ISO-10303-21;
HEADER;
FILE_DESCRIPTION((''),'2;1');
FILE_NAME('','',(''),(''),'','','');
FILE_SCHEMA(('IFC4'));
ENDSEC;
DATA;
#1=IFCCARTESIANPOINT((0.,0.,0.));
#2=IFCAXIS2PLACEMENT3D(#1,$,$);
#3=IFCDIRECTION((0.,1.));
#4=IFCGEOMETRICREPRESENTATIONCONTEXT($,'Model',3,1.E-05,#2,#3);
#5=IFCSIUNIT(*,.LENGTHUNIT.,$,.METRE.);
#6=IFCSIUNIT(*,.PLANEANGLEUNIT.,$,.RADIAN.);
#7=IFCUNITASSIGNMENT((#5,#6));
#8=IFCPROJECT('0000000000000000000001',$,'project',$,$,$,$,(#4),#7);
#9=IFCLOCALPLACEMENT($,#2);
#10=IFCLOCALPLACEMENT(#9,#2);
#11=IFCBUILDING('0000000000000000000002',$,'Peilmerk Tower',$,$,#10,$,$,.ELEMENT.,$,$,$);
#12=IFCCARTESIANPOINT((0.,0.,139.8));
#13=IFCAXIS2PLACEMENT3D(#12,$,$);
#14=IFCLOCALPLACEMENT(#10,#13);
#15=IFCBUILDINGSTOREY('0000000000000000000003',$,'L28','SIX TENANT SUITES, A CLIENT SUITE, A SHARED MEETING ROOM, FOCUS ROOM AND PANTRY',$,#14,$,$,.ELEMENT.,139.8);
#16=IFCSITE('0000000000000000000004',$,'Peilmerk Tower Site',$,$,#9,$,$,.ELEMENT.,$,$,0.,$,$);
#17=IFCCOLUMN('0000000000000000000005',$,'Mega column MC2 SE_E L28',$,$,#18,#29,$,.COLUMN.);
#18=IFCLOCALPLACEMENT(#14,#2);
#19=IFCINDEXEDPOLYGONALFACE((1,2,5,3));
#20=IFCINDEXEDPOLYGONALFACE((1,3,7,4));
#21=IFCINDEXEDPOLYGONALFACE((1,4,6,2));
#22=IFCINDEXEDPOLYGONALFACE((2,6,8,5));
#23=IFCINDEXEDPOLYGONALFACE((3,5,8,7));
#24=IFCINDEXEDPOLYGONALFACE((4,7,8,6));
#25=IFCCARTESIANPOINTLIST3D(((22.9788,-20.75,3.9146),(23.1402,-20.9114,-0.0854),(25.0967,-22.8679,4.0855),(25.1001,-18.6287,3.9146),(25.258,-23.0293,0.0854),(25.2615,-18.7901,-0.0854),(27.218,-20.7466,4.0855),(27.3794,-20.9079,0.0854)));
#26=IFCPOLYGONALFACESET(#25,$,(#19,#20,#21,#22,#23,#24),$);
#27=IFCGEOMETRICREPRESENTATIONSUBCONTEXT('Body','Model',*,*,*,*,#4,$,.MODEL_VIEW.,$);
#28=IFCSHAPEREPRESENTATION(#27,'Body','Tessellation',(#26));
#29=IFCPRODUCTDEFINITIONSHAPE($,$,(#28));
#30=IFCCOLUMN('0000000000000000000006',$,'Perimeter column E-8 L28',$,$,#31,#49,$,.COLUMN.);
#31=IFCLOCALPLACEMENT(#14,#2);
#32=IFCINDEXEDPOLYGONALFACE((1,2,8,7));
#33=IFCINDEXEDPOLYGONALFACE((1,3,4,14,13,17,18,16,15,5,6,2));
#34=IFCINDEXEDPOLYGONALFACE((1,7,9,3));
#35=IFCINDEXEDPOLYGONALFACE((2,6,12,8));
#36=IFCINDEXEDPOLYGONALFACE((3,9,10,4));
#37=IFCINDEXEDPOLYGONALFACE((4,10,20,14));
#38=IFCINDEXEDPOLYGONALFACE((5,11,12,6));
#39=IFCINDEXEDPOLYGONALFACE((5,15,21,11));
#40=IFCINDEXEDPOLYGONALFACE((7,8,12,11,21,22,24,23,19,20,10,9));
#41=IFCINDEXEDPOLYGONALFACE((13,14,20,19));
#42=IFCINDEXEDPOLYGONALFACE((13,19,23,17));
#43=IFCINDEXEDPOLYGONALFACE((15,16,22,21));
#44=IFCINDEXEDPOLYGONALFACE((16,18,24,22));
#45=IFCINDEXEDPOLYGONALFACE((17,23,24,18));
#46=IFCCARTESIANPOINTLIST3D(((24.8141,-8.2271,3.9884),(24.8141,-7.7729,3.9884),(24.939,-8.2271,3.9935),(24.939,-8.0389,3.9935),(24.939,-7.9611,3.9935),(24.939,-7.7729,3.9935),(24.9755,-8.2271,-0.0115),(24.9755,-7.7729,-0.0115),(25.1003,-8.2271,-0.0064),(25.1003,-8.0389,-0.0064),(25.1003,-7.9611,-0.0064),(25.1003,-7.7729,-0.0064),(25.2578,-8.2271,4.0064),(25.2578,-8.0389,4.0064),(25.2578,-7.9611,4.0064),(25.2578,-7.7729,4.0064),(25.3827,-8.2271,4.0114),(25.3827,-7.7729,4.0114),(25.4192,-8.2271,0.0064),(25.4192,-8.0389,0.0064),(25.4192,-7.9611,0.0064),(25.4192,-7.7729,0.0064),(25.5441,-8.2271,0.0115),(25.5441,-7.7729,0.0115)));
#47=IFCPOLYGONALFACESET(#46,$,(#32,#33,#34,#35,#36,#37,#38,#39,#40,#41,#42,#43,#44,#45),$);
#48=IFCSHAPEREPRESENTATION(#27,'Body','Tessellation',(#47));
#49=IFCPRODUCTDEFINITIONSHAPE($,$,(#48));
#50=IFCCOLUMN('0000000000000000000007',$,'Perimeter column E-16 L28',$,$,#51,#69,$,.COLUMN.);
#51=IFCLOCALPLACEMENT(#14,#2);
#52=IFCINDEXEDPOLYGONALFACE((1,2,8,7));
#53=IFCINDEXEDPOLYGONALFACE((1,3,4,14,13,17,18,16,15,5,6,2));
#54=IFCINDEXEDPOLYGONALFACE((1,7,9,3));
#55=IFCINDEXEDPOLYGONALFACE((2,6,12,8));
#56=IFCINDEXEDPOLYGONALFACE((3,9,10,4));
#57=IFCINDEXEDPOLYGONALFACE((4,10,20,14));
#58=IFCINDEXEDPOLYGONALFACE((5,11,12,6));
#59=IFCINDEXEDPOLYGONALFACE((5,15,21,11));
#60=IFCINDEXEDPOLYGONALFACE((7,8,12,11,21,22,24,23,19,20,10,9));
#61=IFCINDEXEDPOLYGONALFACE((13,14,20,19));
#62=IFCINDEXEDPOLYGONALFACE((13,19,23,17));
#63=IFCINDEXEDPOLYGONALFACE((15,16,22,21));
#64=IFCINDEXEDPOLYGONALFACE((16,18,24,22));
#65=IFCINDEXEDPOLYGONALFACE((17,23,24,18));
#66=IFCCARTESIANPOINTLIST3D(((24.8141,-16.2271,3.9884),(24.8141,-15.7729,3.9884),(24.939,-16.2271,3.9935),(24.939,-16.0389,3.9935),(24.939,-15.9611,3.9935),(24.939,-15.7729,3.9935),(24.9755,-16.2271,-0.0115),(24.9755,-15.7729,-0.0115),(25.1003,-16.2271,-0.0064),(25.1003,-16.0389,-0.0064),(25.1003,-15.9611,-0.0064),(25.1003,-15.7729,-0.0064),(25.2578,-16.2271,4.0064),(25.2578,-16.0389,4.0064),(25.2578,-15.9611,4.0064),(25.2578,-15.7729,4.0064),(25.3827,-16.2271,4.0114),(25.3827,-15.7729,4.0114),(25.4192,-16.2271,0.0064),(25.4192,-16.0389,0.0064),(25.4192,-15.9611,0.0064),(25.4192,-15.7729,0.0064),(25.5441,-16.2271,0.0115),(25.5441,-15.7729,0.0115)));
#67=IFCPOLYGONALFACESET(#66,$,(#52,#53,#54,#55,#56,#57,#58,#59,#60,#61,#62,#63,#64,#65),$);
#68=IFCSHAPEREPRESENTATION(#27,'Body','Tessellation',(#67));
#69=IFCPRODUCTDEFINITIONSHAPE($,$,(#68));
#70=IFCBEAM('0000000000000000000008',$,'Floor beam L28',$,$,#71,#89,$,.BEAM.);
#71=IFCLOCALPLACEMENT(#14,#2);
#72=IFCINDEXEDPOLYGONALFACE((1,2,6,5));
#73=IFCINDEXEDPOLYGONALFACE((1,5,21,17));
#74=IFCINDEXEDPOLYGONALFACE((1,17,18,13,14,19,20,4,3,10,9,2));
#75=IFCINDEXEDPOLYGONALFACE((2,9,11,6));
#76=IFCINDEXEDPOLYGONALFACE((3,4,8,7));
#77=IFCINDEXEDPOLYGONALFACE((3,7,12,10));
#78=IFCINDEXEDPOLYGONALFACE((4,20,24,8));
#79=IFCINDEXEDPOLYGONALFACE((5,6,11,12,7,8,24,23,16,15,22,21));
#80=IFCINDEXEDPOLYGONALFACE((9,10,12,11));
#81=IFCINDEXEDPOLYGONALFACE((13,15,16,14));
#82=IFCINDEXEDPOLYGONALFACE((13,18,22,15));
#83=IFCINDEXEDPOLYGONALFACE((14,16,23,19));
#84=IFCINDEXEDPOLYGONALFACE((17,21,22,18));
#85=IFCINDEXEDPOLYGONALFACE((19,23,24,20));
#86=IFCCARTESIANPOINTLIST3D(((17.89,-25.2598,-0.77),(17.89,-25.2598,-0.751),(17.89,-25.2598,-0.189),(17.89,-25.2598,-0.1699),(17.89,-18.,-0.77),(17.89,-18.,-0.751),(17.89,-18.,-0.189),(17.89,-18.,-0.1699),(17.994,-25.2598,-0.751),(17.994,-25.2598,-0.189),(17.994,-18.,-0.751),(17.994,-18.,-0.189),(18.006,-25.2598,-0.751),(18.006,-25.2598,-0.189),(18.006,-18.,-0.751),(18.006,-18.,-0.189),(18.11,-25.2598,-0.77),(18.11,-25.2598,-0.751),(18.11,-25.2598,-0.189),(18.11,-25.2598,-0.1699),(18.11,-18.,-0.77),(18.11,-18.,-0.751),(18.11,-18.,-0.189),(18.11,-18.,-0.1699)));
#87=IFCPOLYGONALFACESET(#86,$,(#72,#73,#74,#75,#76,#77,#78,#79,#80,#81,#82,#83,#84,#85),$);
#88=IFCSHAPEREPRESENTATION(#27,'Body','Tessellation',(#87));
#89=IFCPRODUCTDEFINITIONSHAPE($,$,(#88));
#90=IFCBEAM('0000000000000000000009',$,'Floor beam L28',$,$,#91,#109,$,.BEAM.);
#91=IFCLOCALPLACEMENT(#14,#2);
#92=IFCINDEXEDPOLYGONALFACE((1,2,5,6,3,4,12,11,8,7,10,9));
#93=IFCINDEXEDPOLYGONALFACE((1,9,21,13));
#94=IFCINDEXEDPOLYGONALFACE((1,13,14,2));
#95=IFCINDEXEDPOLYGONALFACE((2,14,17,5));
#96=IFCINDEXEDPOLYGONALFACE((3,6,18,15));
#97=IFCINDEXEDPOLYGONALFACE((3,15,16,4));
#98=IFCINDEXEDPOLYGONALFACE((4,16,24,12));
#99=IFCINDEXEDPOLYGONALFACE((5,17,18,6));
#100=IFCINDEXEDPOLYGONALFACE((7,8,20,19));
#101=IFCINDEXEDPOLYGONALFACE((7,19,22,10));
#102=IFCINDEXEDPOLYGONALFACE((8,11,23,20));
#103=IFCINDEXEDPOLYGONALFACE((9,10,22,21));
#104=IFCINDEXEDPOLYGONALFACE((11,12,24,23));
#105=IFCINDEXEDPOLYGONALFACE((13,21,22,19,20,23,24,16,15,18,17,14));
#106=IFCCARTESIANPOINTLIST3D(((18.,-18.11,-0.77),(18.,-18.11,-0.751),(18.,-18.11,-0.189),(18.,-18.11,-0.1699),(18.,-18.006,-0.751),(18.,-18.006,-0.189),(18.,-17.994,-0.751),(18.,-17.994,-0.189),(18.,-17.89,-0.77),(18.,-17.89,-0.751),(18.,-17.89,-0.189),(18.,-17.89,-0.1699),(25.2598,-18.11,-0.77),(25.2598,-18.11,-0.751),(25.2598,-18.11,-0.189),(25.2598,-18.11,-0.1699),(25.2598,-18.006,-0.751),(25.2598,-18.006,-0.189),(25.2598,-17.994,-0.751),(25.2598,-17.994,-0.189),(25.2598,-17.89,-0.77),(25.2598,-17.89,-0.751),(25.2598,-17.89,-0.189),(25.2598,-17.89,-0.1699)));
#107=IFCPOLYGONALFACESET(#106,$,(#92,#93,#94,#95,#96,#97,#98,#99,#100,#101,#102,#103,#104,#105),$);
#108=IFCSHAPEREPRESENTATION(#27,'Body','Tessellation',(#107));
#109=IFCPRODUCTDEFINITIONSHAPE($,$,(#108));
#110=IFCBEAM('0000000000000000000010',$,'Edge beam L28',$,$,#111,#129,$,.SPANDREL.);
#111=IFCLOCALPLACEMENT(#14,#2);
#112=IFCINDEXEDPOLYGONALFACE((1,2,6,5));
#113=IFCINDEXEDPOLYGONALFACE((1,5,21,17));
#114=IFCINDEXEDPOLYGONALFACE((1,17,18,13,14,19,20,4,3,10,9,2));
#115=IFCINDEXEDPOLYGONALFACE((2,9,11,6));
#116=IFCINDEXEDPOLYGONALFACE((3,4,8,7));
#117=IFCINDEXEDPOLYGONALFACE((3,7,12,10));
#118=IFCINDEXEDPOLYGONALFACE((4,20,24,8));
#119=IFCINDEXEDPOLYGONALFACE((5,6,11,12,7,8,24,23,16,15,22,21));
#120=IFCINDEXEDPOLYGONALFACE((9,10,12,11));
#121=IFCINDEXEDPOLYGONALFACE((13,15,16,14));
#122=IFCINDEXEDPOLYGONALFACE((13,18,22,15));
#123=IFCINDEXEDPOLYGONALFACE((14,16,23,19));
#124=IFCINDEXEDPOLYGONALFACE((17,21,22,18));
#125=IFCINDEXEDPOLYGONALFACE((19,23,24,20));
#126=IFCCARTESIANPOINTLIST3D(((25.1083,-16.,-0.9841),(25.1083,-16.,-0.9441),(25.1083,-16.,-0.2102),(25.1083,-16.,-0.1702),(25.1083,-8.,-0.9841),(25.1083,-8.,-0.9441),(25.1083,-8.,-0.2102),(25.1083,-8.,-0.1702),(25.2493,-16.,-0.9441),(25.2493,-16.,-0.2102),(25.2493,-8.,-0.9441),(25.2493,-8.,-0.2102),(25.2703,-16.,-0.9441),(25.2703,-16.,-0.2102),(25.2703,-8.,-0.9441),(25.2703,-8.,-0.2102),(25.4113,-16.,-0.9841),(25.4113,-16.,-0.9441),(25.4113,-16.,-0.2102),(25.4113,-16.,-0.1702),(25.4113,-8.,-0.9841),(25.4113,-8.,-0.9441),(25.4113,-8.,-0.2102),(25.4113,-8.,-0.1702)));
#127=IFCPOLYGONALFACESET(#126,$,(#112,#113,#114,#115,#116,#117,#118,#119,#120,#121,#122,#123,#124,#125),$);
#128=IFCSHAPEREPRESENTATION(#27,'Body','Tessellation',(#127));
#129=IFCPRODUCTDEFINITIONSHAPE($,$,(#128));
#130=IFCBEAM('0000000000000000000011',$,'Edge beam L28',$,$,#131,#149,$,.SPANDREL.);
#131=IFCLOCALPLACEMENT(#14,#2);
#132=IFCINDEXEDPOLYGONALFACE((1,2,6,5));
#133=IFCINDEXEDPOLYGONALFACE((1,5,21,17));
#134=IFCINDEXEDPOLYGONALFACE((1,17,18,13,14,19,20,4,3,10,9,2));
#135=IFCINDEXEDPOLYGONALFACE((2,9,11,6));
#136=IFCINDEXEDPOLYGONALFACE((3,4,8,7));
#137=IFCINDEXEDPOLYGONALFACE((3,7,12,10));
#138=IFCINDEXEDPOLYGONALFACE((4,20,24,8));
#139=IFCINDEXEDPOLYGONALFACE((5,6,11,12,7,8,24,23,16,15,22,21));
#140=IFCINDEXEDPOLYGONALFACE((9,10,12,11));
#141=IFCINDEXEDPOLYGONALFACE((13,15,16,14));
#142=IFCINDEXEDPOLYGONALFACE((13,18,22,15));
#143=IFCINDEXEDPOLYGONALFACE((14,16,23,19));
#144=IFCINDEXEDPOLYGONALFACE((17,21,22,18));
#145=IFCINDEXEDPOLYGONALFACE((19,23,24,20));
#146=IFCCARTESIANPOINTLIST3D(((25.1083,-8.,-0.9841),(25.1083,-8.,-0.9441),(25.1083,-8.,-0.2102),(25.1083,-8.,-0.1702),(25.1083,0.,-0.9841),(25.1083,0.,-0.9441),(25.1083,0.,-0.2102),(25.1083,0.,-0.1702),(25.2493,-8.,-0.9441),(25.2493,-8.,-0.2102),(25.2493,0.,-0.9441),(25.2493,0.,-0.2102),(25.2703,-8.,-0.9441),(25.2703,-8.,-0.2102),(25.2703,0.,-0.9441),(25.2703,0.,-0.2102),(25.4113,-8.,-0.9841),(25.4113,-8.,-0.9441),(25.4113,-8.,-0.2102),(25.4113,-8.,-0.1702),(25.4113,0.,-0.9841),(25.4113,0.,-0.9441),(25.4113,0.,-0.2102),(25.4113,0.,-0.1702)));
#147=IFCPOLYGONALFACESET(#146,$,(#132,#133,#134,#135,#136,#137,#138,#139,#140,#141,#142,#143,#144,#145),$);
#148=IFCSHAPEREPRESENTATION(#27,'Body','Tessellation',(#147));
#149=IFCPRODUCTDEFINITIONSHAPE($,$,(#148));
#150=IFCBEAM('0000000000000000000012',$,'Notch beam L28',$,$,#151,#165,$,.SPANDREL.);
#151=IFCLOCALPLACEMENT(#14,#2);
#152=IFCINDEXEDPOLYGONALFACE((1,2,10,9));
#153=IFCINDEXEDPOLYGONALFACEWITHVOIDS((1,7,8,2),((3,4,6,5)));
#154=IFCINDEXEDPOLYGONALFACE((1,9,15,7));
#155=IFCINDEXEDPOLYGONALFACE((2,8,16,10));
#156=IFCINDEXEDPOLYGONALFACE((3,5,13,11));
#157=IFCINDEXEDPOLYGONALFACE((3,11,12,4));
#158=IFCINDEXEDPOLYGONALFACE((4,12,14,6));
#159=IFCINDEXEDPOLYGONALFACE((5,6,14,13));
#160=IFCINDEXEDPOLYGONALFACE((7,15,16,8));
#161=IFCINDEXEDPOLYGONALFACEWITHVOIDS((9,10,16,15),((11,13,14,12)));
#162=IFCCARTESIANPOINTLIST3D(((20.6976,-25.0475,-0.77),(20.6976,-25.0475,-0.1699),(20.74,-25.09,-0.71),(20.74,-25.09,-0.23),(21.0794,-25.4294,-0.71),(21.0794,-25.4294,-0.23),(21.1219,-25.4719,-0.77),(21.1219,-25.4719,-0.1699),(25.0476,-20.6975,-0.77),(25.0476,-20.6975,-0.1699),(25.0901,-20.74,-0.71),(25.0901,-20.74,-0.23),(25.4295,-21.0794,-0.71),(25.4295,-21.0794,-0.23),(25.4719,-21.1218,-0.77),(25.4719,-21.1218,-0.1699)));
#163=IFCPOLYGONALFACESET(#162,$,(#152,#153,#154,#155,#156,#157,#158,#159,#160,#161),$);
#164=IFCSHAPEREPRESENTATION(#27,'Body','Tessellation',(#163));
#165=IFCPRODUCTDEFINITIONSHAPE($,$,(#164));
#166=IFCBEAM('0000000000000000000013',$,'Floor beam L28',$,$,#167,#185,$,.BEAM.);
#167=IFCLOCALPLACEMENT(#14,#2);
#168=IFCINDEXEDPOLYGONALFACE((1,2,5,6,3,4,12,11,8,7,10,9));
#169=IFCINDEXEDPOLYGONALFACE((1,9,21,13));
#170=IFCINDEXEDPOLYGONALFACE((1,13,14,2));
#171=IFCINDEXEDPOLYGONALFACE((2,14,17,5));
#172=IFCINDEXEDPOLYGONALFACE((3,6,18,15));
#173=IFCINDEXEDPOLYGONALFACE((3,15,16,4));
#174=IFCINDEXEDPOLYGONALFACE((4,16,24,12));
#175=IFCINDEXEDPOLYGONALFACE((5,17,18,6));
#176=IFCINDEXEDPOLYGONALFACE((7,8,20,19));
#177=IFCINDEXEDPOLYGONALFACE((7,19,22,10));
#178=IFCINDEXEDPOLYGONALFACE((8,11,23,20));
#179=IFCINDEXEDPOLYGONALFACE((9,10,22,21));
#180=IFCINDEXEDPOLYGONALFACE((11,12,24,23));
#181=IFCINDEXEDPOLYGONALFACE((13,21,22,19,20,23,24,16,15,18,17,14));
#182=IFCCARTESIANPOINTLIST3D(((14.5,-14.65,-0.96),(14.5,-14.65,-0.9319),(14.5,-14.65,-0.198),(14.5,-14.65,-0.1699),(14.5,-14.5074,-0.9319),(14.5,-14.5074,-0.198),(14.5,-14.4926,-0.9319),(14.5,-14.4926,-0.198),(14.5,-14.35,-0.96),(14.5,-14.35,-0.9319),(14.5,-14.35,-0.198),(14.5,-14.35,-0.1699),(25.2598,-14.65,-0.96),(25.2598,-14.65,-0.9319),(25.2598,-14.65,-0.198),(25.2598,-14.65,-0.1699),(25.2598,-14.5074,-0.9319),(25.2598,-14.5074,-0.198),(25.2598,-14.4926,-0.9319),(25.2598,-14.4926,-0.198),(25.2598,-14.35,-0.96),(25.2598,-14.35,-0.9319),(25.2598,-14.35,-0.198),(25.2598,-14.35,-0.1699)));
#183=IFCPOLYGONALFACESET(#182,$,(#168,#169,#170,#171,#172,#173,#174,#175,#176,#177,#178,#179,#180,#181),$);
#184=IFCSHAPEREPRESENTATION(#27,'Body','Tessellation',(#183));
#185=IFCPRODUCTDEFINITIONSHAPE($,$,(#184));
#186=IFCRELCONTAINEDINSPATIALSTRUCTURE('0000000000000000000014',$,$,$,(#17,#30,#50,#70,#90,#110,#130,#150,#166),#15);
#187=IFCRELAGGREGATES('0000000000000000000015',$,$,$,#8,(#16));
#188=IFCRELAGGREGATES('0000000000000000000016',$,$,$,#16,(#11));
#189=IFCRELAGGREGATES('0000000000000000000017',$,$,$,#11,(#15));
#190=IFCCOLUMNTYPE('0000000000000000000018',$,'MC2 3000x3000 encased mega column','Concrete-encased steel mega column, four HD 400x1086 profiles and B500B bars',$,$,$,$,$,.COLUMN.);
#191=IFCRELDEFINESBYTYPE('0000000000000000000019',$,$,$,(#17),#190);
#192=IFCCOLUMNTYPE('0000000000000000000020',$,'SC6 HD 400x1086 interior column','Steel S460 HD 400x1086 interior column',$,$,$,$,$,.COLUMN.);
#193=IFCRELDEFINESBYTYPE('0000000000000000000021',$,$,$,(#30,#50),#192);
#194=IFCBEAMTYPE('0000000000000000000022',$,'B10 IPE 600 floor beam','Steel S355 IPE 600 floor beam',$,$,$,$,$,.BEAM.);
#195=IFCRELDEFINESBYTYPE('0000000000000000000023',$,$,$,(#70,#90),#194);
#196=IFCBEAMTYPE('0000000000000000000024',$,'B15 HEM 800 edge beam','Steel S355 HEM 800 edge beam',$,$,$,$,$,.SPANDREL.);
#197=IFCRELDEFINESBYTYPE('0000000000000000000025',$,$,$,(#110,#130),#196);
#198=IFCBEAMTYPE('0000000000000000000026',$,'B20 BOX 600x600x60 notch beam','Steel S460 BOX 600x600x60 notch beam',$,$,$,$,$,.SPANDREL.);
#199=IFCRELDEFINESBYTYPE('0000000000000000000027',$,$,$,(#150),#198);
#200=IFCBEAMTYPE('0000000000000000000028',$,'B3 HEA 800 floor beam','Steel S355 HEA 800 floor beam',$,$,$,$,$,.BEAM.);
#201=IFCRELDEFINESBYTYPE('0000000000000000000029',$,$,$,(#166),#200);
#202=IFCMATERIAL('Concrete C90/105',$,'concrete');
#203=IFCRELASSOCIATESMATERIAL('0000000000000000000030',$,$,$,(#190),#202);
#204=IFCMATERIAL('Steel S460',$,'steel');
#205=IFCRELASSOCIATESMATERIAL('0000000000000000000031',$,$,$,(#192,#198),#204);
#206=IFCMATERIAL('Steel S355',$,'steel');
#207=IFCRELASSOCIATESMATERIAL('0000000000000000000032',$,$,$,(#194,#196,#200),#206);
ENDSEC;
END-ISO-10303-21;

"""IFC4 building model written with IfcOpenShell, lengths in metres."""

from ifc_helpers import new_model, si_unit, direction, frame, origin, origin_2d, place, context, subcontext, project, spatial, rectangle, hollow_rectangle, i_section, extrude, material, material_profile, profile_set, type_object, element, save


model = new_model("IFC4")

# Units and contexts
model_context = context("Model", 3, precision=1e-05, world=origin(), true_north=direction((0.0, 1.0)))
body_context = subcontext(model_context, "Body", "Model", "MODEL_VIEW")
ifc_project = project(units=[si_unit("LENGTHUNIT", "METRE"), si_unit("PLANEANGLEUNIT", "RADIAN")], contexts=[model_context])

# Site, building, storey
site_placement = place(None, origin())
site = spatial("IfcSite", under=ifc_project, at=site_placement, Name="Peilmerk Tower Site", CompositionType="ELEMENT", RefElevation=0.0)
building_placement = place(site_placement, origin())
building = spatial("IfcBuilding", under=site, at=building_placement, Name="Peilmerk Tower", CompositionType="ELEMENT")
storey_placement = place(building_placement, frame((0.0, 0.0, 139.8)))
storey = spatial("IfcBuildingStorey", under=building, at=storey_placement, Name="L28", Description="SIX TENANT SUITES, A CLIENT SUITE, A SHARED MEETING ROOM, FOCUS ROOM AND PANTRY", CompositionType="ELEMENT", Elevation=139.8)

# Columns
ifc_material_1 = material(Name="Concrete C90/105", Category="concrete")
ifc_material_profile_1 = material_profile(ifc_material_1, rectangle(XDim=3.0, YDim=3.0, at=origin_2d()), Name="RC 3000x3000")
ifc_profile_set_1 = profile_set([ifc_material_profile_1], Name="Concrete C90/105")
column_type_1 = type_object("IfcColumnType", Name="MC2 3000x3000 encased mega column", Description="Concrete-encased steel mega column, four HD 400x1086 profiles and B500B bars", PredefinedType="COLUMN", material=ifc_profile_set_1)
column_placement = place(storey_placement, frame((25.2598, -20.9097, 0.0), z_axis=(-0.040279, 0.040279, 0.998376), x_axis=(-0.707107, -0.707107, 0.0)))
element("IfcColumn", 1, at=column_placement, inside=storey, type_object=column_type_1, Name="Mega column MC2 SE_E L28", PredefinedType="COLUMN", context=body_context, shape_type="SweptSolid", body=[
    extrude(rectangle(XDim=3.0, YDim=3.0, at=origin_2d()), origin(), (0.0, 0.0, 1.0), 4.0066),
])
ifc_material_2 = material(Name="Steel S460", Category="steel")
ifc_material_profile_2 = material_profile(ifc_material_2, i_section(OverallWidth=0.4541, OverallDepth=0.5691, WebThickness=0.0779, FlangeThickness=0.125, at=origin_2d()), Name="HD 400x1086")
ifc_profile_set_2 = profile_set([ifc_material_profile_2], Name="Steel S460")
column_type_2 = type_object("IfcColumnType", Name="SC6 HD 400x1086 interior column", Description="Steel S460 HD 400x1086 interior column", PredefinedType="COLUMN", material=ifc_profile_set_2)
for number, where, z_axis, x_axis, name in (
    (2, (25.2598, -8.0, 0.0), (-0.040311, 0.0, 0.999187), (0.0, -1.0, 0.0), "Perimeter column E-8 L28"),
    (3, (25.2598, -16.0, 0.0), (-0.040311, 0.0, 0.999187), (0.0, -1.0, 0.0), "Perimeter column E-16 L28"),
):
    element("IfcColumn", number, at=place(storey_placement, frame(where, z_axis=z_axis, x_axis=x_axis)), inside=storey, type_object=column_type_2, Name=name, PredefinedType="COLUMN", context=body_context, shape_type="SweptSolid", body=[
        extrude(i_section(OverallWidth=0.4541, OverallDepth=0.5691, WebThickness=0.0779, FlangeThickness=0.125, at=origin_2d()), origin(), (0.0, 0.0, 1.0), 4.0032),
    ])

# Beams
ifc_material_3 = material(Name="Steel S355", Category="steel")
ifc_material_profile_3 = material_profile(ifc_material_3, i_section(OverallWidth=0.22, OverallDepth=0.6001, WebThickness=0.012, FlangeThickness=0.019, at=origin_2d()), Name="IPE 600")
ifc_profile_set_3 = profile_set([ifc_material_profile_3], Name="Steel S355")
beam_type_1 = type_object("IfcBeamType", Name="B10 IPE 600 floor beam", Description="Steel S355 IPE 600 floor beam", PredefinedType="BEAM", material=ifc_profile_set_3)
for number, where, z_axis, x_axis, name in (
    (4, (18.0, -18.0, -0.47), (0.0, -1.0, 0.0), (1.0, 0.0, 0.0), "Floor beam L28"),
    (5, (18.0, -18.0, -0.47), (1.0, 0.0, 0.0), (0.0, 1.0, 0.0), "Floor beam L28"),
):
    element("IfcBeam", number, at=place(storey_placement, frame(where, z_axis=z_axis, x_axis=x_axis)), inside=storey, type_object=beam_type_1, Name=name, PredefinedType="BEAM", context=body_context, shape_type="SweptSolid", body=[
        extrude(i_section(OverallWidth=0.22, OverallDepth=0.6001, WebThickness=0.012, FlangeThickness=0.019, at=origin_2d()), origin(), (0.0, 0.0, 1.0), 7.2598),
    ])
ifc_material_profile_4 = material_profile(ifc_material_3, i_section(OverallWidth=0.303, OverallDepth=0.814, WebThickness=0.021, FlangeThickness=0.04, at=origin_2d()), Name="HEM 800")
ifc_profile_set_4 = profile_set([ifc_material_profile_4], Name="Steel S355")
beam_type_2 = type_object("IfcBeamType", Name="B15 HEM 800 edge beam", Description="Steel S355 HEM 800 edge beam", PredefinedType="SPANDREL", material=ifc_profile_set_4)
for number, where, z_axis, x_axis, name in (
    (6, (25.2598, -16.0, -0.5771), (0.0, 1.0, 0.0), (-1.0, 0.0, 0.0), "Edge beam L28"),
    (7, (25.2598, -8.0, -0.5771), (0.0, 1.0, 0.0), (-1.0, 0.0, 0.0), "Edge beam L28"),
):
    element("IfcBeam", number, at=place(storey_placement, frame(where, z_axis=z_axis, x_axis=x_axis)), inside=storey, type_object=beam_type_2, Name=name, PredefinedType="SPANDREL", context=body_context, shape_type="SweptSolid", body=[
        extrude(i_section(OverallWidth=0.303, OverallDepth=0.814, WebThickness=0.021, FlangeThickness=0.04, at=origin_2d()), origin(), (0.0, 0.0, 1.0), 8.0),
    ])
ifc_material_profile_5 = material_profile(ifc_material_2, hollow_rectangle(XDim=0.6001, YDim=0.6001, WallThickness=0.0601, at=origin_2d()), Name="BOX 600x600x60")
ifc_profile_set_5 = profile_set([ifc_material_profile_5], Name="Steel S460")
beam_type_3 = type_object("IfcBeamType", Name="B20 BOX 600x600x60 notch beam", Description="Steel S460 BOX 600x600x60 notch beam", PredefinedType="SPANDREL", material=ifc_profile_set_5)
beam_1_placement = place(storey_placement, frame((25.2598, -20.9097, -0.47), z_axis=(-0.707107, -0.707107, 0.0), x_axis=(0.707107, -0.707107, 0.0)))
element("IfcBeam", 8, at=beam_1_placement, inside=storey, type_object=beam_type_3, Name="Notch beam L28", PredefinedType="SPANDREL", context=body_context, shape_type="SweptSolid", body=[
    extrude(hollow_rectangle(XDim=0.6001, YDim=0.6001, WallThickness=0.0601, at=origin_2d()), origin(), (0.0, 0.0, 1.0), 6.1519),
])
ifc_material_profile_6 = material_profile(ifc_material_3, i_section(OverallWidth=0.3, OverallDepth=0.79, WebThickness=0.0149, FlangeThickness=0.0281, at=origin_2d()), Name="HEA 800")
ifc_profile_set_6 = profile_set([ifc_material_profile_6], Name="Steel S355")
beam_type_4 = type_object("IfcBeamType", Name="B3 HEA 800 floor beam", Description="Steel S355 HEA 800 floor beam", PredefinedType="BEAM", material=ifc_profile_set_6)
beam_2_placement = place(storey_placement, frame((14.5, -14.5, -0.5649), z_axis=(1.0, 0.0, 0.0), x_axis=(0.0, 1.0, 0.0)))
element("IfcBeam", 9, at=beam_2_placement, inside=storey, type_object=beam_type_4, Name="Floor beam L28", PredefinedType="BEAM", context=body_context, shape_type="SweptSolid", body=[
    extrude(i_section(OverallWidth=0.3, OverallDepth=0.79, WebThickness=0.0149, FlangeThickness=0.0281, at=origin_2d()), origin(), (0.0, 0.0, 1.0), 10.7598),
])

save(model, "model.ifc")
